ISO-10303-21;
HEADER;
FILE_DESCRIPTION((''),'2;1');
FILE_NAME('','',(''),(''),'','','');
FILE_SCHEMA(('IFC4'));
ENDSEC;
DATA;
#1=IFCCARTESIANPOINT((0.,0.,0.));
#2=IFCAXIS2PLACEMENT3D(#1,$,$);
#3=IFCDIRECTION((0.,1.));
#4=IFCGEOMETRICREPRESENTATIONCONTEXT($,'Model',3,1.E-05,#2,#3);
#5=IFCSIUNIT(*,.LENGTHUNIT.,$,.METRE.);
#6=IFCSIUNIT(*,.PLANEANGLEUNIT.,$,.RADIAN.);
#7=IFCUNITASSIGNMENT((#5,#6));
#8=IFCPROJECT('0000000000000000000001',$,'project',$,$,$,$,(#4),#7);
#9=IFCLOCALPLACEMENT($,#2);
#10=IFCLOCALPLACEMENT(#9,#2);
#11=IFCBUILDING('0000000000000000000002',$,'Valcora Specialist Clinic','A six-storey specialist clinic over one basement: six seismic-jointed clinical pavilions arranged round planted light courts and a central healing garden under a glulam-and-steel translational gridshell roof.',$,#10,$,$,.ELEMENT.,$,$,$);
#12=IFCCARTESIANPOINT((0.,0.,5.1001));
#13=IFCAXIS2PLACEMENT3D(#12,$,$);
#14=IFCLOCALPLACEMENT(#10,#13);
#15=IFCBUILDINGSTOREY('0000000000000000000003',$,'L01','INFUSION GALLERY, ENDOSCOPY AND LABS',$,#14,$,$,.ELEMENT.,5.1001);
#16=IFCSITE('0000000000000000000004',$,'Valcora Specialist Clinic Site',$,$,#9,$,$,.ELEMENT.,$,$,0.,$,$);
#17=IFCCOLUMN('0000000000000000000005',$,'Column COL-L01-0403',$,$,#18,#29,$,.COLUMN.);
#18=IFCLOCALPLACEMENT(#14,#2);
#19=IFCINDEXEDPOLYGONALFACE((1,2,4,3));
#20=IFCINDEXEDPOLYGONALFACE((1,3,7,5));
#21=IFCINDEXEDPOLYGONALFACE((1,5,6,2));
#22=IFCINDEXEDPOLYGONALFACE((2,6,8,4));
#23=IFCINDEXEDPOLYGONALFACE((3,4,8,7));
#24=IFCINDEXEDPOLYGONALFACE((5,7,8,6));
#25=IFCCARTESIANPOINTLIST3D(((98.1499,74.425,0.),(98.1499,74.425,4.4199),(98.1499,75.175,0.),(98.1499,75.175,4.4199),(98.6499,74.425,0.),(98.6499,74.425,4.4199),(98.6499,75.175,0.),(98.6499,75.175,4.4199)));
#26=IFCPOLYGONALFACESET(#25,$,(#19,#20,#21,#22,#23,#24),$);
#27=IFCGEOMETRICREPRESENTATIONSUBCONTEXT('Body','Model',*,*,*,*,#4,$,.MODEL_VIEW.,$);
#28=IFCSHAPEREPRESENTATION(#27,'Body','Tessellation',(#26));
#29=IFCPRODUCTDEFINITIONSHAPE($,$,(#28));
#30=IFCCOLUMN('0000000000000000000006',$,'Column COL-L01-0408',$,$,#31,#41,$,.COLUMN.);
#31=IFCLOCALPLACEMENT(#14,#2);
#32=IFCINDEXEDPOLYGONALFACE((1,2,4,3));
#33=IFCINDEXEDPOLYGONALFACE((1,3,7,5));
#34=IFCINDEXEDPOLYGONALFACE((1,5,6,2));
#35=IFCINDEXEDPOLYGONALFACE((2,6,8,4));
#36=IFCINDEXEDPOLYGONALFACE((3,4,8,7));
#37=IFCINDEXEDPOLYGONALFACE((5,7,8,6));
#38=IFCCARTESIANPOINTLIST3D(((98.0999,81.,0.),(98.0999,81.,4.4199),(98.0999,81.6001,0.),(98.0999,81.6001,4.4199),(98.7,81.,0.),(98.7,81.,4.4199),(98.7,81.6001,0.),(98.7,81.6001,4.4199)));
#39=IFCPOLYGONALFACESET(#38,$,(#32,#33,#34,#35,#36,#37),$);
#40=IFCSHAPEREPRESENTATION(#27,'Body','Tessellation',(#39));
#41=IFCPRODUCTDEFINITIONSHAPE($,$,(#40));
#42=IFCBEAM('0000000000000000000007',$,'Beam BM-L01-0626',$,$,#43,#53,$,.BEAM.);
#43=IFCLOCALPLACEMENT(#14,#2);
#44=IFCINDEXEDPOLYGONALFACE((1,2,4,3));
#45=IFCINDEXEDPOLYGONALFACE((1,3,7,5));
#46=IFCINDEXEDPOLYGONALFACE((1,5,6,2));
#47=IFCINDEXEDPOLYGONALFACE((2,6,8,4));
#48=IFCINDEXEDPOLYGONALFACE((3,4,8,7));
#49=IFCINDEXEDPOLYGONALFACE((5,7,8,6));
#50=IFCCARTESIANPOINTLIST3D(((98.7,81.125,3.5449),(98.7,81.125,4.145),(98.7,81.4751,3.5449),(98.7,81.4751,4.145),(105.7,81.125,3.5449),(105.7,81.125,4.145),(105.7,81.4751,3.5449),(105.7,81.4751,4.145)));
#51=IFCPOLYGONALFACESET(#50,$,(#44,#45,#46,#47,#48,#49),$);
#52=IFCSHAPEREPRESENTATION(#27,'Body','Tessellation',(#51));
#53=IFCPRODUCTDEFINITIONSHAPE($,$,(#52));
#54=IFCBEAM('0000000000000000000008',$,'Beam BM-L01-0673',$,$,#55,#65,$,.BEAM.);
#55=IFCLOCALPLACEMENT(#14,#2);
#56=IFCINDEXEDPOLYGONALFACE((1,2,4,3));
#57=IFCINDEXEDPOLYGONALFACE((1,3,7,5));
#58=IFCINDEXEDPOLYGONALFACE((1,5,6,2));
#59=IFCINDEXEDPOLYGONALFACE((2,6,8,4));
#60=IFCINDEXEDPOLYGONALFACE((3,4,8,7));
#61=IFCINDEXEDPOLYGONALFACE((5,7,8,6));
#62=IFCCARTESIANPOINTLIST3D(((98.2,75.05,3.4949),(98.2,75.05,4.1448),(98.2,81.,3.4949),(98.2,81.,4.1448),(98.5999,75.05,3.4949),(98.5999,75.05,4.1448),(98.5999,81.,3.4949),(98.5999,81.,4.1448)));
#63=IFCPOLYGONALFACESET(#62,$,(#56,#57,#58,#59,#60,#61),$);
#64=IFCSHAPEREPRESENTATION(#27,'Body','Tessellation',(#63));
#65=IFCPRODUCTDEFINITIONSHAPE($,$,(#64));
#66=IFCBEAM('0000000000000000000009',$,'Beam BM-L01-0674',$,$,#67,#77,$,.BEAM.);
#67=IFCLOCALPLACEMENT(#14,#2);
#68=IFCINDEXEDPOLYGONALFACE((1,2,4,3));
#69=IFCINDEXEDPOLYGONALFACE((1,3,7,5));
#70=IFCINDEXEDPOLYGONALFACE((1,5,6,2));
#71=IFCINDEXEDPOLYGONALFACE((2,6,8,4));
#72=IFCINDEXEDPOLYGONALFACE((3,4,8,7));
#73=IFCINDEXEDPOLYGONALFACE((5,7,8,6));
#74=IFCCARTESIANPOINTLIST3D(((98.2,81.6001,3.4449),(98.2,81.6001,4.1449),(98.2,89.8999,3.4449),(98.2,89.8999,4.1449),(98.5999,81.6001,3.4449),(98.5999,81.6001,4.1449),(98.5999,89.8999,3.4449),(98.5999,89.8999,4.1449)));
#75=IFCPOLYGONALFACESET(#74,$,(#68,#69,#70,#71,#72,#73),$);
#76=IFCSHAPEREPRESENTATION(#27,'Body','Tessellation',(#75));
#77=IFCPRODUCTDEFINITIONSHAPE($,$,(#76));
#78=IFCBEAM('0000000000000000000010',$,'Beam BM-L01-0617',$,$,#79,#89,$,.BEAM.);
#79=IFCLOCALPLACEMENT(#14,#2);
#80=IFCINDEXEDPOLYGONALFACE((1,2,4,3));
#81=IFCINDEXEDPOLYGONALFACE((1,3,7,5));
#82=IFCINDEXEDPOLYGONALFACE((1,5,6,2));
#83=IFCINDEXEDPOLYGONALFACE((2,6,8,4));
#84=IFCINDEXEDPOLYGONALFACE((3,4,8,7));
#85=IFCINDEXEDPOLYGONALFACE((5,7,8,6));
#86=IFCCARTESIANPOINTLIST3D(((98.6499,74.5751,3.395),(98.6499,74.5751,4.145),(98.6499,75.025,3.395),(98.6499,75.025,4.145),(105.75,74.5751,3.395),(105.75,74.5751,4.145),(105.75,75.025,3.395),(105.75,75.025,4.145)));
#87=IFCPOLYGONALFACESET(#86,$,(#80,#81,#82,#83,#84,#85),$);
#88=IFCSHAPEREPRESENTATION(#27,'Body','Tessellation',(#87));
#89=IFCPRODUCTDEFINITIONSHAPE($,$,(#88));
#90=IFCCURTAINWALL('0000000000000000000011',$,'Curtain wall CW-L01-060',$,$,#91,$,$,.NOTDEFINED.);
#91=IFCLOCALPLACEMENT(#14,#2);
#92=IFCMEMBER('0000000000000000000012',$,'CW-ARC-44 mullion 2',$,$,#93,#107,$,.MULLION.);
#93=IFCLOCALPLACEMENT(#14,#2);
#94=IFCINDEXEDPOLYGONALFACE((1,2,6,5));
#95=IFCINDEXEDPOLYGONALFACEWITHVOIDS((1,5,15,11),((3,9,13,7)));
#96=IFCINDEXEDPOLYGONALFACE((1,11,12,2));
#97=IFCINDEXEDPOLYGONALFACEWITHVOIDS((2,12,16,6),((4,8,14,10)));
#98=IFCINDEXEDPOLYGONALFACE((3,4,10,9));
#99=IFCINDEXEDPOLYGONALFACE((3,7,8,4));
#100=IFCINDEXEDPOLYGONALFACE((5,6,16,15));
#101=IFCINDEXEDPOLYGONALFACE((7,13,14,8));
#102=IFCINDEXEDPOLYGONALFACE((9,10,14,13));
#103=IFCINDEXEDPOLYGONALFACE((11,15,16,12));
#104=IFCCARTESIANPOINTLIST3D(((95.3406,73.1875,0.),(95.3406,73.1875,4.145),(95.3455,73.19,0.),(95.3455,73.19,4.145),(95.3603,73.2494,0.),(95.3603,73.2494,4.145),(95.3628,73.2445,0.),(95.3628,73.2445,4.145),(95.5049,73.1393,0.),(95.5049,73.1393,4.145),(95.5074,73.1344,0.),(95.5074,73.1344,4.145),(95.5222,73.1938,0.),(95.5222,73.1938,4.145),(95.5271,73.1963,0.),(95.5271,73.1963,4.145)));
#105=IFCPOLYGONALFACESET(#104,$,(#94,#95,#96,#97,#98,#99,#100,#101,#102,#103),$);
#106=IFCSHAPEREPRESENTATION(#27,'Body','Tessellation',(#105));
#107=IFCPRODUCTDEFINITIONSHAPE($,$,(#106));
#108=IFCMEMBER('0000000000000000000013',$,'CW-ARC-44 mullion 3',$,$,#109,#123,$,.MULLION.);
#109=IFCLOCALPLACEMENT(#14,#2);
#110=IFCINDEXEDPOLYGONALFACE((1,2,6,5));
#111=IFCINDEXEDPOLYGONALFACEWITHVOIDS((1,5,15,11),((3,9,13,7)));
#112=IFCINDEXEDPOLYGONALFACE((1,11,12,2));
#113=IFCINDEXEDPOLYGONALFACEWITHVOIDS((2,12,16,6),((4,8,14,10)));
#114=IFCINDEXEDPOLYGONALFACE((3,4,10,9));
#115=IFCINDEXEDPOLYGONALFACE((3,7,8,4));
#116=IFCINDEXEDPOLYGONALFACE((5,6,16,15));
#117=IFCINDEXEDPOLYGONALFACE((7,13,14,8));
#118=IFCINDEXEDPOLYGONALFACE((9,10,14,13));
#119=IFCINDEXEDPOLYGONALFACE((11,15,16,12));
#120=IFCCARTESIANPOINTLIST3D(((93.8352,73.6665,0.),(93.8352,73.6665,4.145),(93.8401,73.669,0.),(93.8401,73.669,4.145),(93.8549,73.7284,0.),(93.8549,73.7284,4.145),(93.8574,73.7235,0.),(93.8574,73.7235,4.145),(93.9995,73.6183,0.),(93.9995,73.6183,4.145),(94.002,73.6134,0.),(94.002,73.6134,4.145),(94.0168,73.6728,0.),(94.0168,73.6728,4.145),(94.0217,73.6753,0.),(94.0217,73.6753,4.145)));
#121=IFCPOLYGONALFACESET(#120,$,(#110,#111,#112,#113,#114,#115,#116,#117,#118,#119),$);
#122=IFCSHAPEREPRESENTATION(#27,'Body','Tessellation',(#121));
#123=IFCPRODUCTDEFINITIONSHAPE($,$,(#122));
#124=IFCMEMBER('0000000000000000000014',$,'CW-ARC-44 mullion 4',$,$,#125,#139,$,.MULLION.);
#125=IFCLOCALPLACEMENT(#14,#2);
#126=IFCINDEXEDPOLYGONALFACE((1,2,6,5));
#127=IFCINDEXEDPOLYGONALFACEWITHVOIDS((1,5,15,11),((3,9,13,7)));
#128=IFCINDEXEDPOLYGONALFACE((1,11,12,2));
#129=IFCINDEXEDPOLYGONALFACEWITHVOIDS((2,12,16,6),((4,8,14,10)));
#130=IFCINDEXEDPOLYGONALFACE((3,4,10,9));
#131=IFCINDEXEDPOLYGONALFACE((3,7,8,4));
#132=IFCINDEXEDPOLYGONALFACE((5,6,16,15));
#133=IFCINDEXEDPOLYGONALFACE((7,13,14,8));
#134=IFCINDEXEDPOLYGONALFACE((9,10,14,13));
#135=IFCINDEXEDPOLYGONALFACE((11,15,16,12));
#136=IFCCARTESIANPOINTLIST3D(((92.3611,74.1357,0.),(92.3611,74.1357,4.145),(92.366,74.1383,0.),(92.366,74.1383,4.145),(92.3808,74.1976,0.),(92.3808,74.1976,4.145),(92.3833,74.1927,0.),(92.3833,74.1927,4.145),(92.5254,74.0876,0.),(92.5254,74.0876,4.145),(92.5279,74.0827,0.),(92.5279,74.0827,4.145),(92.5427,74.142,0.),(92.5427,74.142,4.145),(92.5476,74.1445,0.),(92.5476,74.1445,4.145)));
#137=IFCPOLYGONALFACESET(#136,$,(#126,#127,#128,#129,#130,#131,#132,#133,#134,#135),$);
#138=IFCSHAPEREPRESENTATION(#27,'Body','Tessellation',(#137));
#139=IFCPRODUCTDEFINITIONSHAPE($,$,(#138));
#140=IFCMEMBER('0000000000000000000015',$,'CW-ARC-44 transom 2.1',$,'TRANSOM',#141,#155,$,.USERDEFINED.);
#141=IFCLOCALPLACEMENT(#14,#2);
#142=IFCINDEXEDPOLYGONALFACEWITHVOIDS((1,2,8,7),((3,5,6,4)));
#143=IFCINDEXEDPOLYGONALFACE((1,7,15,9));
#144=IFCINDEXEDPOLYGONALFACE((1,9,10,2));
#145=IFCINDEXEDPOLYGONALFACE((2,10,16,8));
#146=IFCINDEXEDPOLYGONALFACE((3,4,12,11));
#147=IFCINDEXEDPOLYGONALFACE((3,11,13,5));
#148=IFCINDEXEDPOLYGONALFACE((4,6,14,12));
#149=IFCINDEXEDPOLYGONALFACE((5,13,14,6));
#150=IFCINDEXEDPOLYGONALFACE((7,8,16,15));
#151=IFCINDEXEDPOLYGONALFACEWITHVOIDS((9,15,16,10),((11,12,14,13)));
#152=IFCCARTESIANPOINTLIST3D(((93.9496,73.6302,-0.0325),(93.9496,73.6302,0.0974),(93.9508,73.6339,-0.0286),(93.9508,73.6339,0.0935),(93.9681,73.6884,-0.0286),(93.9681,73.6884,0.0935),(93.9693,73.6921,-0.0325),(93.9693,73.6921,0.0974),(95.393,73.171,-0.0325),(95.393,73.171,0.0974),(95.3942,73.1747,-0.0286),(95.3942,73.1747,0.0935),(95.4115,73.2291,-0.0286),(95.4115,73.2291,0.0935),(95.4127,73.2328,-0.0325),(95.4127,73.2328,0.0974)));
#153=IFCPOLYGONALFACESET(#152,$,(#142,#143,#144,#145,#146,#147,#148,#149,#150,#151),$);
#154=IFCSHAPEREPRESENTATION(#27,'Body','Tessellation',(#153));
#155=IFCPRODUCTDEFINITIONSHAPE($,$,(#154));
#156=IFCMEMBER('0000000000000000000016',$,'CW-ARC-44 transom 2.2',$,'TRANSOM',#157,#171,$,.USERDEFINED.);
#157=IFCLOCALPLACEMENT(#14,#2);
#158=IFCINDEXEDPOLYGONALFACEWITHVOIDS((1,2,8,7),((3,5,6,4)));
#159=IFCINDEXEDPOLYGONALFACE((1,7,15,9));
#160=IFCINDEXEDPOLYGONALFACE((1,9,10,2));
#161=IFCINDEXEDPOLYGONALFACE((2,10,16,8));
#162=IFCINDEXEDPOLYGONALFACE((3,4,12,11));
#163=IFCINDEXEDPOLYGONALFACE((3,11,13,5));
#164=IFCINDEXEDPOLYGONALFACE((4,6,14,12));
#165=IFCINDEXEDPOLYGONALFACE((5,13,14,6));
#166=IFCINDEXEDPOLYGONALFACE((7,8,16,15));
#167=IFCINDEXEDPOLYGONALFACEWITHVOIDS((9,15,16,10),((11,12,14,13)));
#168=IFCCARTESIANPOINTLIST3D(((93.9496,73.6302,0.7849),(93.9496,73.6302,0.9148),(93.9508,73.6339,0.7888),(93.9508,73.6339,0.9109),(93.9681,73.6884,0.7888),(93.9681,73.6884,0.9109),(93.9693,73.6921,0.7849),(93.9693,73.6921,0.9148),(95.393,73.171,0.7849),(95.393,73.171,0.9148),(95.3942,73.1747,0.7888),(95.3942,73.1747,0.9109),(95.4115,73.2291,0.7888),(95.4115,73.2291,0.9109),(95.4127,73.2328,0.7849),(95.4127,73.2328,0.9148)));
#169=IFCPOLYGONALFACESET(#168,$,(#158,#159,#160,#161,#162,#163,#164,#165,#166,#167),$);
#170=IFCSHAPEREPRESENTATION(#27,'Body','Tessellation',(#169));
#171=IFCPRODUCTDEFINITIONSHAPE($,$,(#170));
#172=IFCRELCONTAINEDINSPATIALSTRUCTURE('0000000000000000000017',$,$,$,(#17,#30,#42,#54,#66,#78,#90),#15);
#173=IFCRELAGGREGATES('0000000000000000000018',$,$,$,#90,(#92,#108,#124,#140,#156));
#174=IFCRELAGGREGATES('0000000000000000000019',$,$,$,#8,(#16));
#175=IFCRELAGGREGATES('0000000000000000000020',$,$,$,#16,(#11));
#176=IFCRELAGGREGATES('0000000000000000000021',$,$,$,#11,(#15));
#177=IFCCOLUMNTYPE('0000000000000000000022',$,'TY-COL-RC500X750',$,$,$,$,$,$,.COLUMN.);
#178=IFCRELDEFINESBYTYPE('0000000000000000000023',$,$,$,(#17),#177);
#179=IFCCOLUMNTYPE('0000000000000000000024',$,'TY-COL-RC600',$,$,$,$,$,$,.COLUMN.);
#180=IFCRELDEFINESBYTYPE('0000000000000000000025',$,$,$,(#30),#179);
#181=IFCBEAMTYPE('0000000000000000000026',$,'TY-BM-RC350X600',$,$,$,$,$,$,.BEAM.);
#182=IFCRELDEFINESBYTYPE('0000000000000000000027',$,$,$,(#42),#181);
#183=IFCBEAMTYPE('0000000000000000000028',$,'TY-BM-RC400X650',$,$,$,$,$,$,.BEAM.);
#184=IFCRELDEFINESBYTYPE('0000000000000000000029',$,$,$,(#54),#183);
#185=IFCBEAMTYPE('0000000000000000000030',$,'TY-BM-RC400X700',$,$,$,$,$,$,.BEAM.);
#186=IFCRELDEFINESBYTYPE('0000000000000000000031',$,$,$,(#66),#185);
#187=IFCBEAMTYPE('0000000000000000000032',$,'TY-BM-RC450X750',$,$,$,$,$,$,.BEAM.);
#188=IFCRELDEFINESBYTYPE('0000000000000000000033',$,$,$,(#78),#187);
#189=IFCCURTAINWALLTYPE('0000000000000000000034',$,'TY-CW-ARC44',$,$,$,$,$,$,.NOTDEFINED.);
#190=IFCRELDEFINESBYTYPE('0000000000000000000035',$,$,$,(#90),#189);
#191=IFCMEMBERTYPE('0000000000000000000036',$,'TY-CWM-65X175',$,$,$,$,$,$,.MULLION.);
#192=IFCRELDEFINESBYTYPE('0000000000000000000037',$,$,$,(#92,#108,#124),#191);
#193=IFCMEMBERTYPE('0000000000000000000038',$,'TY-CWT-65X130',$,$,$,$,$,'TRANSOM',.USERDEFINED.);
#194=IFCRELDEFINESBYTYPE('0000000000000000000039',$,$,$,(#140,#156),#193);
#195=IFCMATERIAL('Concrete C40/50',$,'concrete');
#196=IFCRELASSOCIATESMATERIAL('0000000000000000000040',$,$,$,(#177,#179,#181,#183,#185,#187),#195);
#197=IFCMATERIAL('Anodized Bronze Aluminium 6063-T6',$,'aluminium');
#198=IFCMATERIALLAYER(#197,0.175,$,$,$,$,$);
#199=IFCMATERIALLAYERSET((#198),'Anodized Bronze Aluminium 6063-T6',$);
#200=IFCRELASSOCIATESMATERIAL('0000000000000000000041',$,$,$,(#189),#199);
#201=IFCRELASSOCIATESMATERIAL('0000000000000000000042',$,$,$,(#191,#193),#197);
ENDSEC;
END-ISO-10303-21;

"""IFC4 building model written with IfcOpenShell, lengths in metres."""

from ifc_helpers import new_model, si_unit, direction, frame, origin, origin_2d, place, context, subcontext, project, spatial, rectangle, hollow_rectangle, extrude, material, layer, layer_set, material_profile, profile_set, type_object, element, aggregate, save


model = new_model("IFC4")

# Units and contexts
model_context = context("Model", 3, precision=1e-05, world=origin(), true_north=direction((0.0, 1.0)))
body_context = subcontext(model_context, "Body", "Model", "MODEL_VIEW")
ifc_project = project(units=[si_unit("LENGTHUNIT", "METRE"), si_unit("PLANEANGLEUNIT", "RADIAN")], contexts=[model_context])

# Site, building, storey
site_placement = place(None, origin())
site = spatial("IfcSite", under=ifc_project, at=site_placement, Name="Valcora Specialist Clinic Site", CompositionType="ELEMENT", RefElevation=0.0)
building_placement = place(site_placement, origin())
building = spatial("IfcBuilding", under=site, at=building_placement, Name="Valcora Specialist Clinic", Description="A six-storey specialist clinic over one basement: six seismic-jointed clinical pavilions arranged round planted light courts and a central healing garden under a glulam-and-steel translational gridshell roof.", CompositionType="ELEMENT")
storey_placement = place(building_placement, frame((0.0, 0.0, 5.1001)))
storey = spatial("IfcBuildingStorey", under=building, at=storey_placement, Name="L01", Description="INFUSION GALLERY, ENDOSCOPY AND LABS", CompositionType="ELEMENT", Elevation=5.1001)

# Columns
ifc_material_1 = material(Name="Concrete C40/50", Category="concrete")
ifc_material_profile_1 = material_profile(ifc_material_1, rectangle(XDim=0.5, YDim=0.75, at=origin_2d()), Name="RC-COL-500X750")
ifc_profile_set_1 = profile_set([ifc_material_profile_1], Name="Concrete C40/50")
column_type_1 = type_object("IfcColumnType", Name="TY-COL-RC500X750", PredefinedType="COLUMN", material=ifc_profile_set_1)
column_1_placement = place(storey_placement, frame((98.3999, 74.8, 0.0), z_axis=(0.0, 0.0, 1.0), x_axis=(1.0, 0.0, 0.0)))
element("IfcColumn", 1, at=column_1_placement, inside=storey, type_object=column_type_1, Name="Column COL-L01-0403", PredefinedType="COLUMN", context=body_context, shape_type="SweptSolid", body=[
    extrude(rectangle(XDim=0.5, YDim=0.75, at=origin_2d()), origin(), (0.0, 0.0, 1.0), 4.4199),
])
ifc_material_profile_2 = material_profile(ifc_material_1, rectangle(XDim=0.6001, YDim=0.6001, at=origin_2d()), Name="RC-COL-600X600")
ifc_profile_set_2 = profile_set([ifc_material_profile_2], Name="Concrete C40/50")
column_type_2 = type_object("IfcColumnType", Name="TY-COL-RC600", PredefinedType="COLUMN", material=ifc_profile_set_2)
column_2_placement = place(storey_placement, frame((98.3999, 81.3, 0.0), z_axis=(0.0, 0.0, 1.0), x_axis=(1.0, 0.0, 0.0)))
element("IfcColumn", 2, at=column_2_placement, inside=storey, type_object=column_type_2, Name="Column COL-L01-0408", PredefinedType="COLUMN", context=body_context, shape_type="SweptSolid", body=[
    extrude(rectangle(XDim=0.6001, YDim=0.6001, at=origin_2d()), origin(), (0.0, 0.0, 1.0), 4.4199),
])

# Beams
ifc_material_profile_3 = material_profile(ifc_material_1, rectangle(XDim=0.3501, YDim=0.6001, at=origin_2d()), Name="RC-BM-350X600")
ifc_profile_set_3 = profile_set([ifc_material_profile_3], Name="Concrete C40/50")
beam_type_1 = type_object("IfcBeamType", Name="TY-BM-RC350X600", PredefinedType="BEAM", material=ifc_profile_set_3)
beam_1_placement = place(storey_placement, frame((98.7, 81.3, 3.845), z_axis=(1.0, 0.0, 0.0), x_axis=(0.0, 1.0, 0.0)))
element("IfcBeam", 3, at=beam_1_placement, inside=storey, type_object=beam_type_1, Name="Beam BM-L01-0626", PredefinedType="BEAM", context=body_context, shape_type="SweptSolid", body=[
    extrude(rectangle(XDim=0.3501, YDim=0.6001, at=origin_2d()), origin(), (0.0, 0.0, 1.0), 7.0),
])
ifc_material_profile_4 = material_profile(ifc_material_1, rectangle(XDim=0.3999, YDim=0.6499, at=origin_2d()), Name="RC-BM-400X650")
ifc_profile_set_4 = profile_set([ifc_material_profile_4], Name="Concrete C40/50")
beam_type_2 = type_object("IfcBeamType", Name="TY-BM-RC400X650", PredefinedType="BEAM", material=ifc_profile_set_4)
beam_2_placement = place(storey_placement, frame((98.3999, 75.05, 3.8198), z_axis=(0.0, 1.0, 0.0), x_axis=(-1.0, 0.0, 0.0)))
element("IfcBeam", 4, at=beam_2_placement, inside=storey, type_object=beam_type_2, Name="Beam BM-L01-0673", PredefinedType="BEAM", context=body_context, shape_type="SweptSolid", body=[
    extrude(rectangle(XDim=0.3999, YDim=0.6499, at=origin_2d()), origin(), (0.0, 0.0, 1.0), 5.95),
])
ifc_material_profile_5 = material_profile(ifc_material_1, rectangle(XDim=0.3999, YDim=0.7, at=origin_2d()), Name="RC-BM-400X700")
ifc_profile_set_5 = profile_set([ifc_material_profile_5], Name="Concrete C40/50")
beam_type_3 = type_object("IfcBeamType", Name="TY-BM-RC400X700", PredefinedType="BEAM", material=ifc_profile_set_5)
beam_3_placement = place(storey_placement, frame((98.3999, 81.6001, 3.7949), z_axis=(0.0, 1.0, 0.0), x_axis=(-1.0, 0.0, 0.0)))
element("IfcBeam", 5, at=beam_3_placement, inside=storey, type_object=beam_type_3, Name="Beam BM-L01-0674", PredefinedType="BEAM", context=body_context, shape_type="SweptSolid", body=[
    extrude(rectangle(XDim=0.3999, YDim=0.7, at=origin_2d()), origin(), (0.0, 0.0, 1.0), 8.2998),
])
ifc_material_profile_6 = material_profile(ifc_material_1, rectangle(XDim=0.45, YDim=0.75, at=origin_2d()), Name="RC-BM-450X750")
ifc_profile_set_6 = profile_set([ifc_material_profile_6], Name="Concrete C40/50")
beam_type_4 = type_object("IfcBeamType", Name="TY-BM-RC450X750", PredefinedType="BEAM", material=ifc_profile_set_6)
beam_4_placement = place(storey_placement, frame((98.6499, 74.8, 3.77), z_axis=(1.0, 0.0, 0.0), x_axis=(0.0, 1.0, 0.0)))
element("IfcBeam", 6, at=beam_4_placement, inside=storey, type_object=beam_type_4, Name="Beam BM-L01-0617", PredefinedType="BEAM", context=body_context, shape_type="SweptSolid", body=[
    extrude(rectangle(XDim=0.45, YDim=0.75, at=origin_2d()), origin(), (0.0, 0.0, 1.0), 7.1001),
])

# Curtain wall, members
ifc_material_2 = material(Name="Anodized Bronze Aluminium 6063-T6", Category="aluminium")
ifc_layer_1 = layer(ifc_material_2, 0.175)
ifc_layer_set_1 = layer_set([ifc_layer_1], Name="Anodized Bronze Aluminium 6063-T6")
curtain_wall_type = type_object("IfcCurtainWallType", Name="TY-CW-ARC44", PredefinedType="NOTDEFINED", material=ifc_layer_set_1)
curtain_wall_placement = place(storey_placement, origin())
curtain_wall = element("IfcCurtainWall", 7, at=curtain_wall_placement, inside=storey, type_object=curtain_wall_type, Name="Curtain wall CW-L01-060", PredefinedType="NOTDEFINED")
ifc_material_profile_7 = material_profile(ifc_material_2, hollow_rectangle(XDim=0.0649, YDim=0.175, WallThickness=0.0039, at=origin_2d()), Name="AL-MUL-65X175")
ifc_profile_set_7 = profile_set([ifc_material_profile_7], Name="Anodized Bronze Aluminium 6063-T6")
member_type_1 = type_object("IfcMemberType", Name="TY-CWM-65X175", PredefinedType="MULLION", material=ifc_profile_set_7)
member_1_placement = place(storey_placement, frame((95.4338, 73.1919, 0.0), z_axis=(0.0, 0.0, 1.0), x_axis=(-0.303233, -0.952916, 0.0)))
member_1 = element("IfcMember", 8, at=member_1_placement, type_object=member_type_1, Name="CW-ARC-44 mullion 2", PredefinedType="MULLION", context=body_context, shape_type="SweptSolid", body=[
    extrude(hollow_rectangle(XDim=0.0649, YDim=0.175, WallThickness=0.0039, at=origin_2d()), origin(), (0.0, 0.0, 1.0), 4.145),
])
member_2_placement = place(storey_placement, frame((93.9285, 73.6709, 0.0), z_axis=(0.0, 0.0, 1.0), x_axis=(-0.303233, -0.952916, 0.0)))
member_2 = element("IfcMember", 9, at=member_2_placement, type_object=member_type_1, Name="CW-ARC-44 mullion 3", PredefinedType="MULLION", context=body_context, shape_type="SweptSolid", body=[
    extrude(hollow_rectangle(XDim=0.0649, YDim=0.175, WallThickness=0.0039, at=origin_2d()), origin(), (0.0, 0.0, 1.0), 4.145),
])
member_3_placement = place(storey_placement, frame((92.4543, 74.1401, 0.0), z_axis=(0.0, 0.0, 1.0), x_axis=(-0.303233, -0.952916, 0.0)))
member_3 = element("IfcMember", 10, at=member_3_placement, type_object=member_type_1, Name="CW-ARC-44 mullion 4", PredefinedType="MULLION", context=body_context, shape_type="SweptSolid", body=[
    extrude(hollow_rectangle(XDim=0.0649, YDim=0.175, WallThickness=0.0039, at=origin_2d()), origin(), (0.0, 0.0, 1.0), 4.145),
])
ifc_material_profile_8 = material_profile(ifc_material_2, hollow_rectangle(XDim=0.0649, YDim=0.1299, WallThickness=0.0039, at=origin_2d()), Name="AL-TRN-65X130")
ifc_profile_set_8 = profile_set([ifc_material_profile_8], Name="Anodized Bronze Aluminium 6063-T6")
member_type_2 = type_object("IfcMemberType", Name="TY-CWT-65X130", ElementType="TRANSOM", PredefinedType="USERDEFINED", material=ifc_profile_set_8)
member_4_placement = place(storey_placement, frame((95.4028, 73.2019, 0.0325), z_axis=(-0.95293, 0.30319, 0.0), x_axis=(-0.30319, -0.95293, 0.0)))
member_4 = element("IfcMember", 11, at=member_4_placement, type_object=member_type_2, Name="CW-ARC-44 transom 2.1", ObjectType="TRANSOM", PredefinedType="USERDEFINED", context=body_context, shape_type="SweptSolid", body=[
    extrude(hollow_rectangle(XDim=0.0649, YDim=0.1299, WallThickness=0.0039, at=origin_2d()), origin(), (0.0, 0.0, 1.0), 1.5146),
])
member_5_placement = place(storey_placement, frame((95.4028, 73.2019, 0.8499), z_axis=(-0.95293, 0.30319, 0.0), x_axis=(-0.30319, -0.95293, 0.0)))
member_5 = element("IfcMember", 12, at=member_5_placement, type_object=member_type_2, Name="CW-ARC-44 transom 2.2", ObjectType="TRANSOM", PredefinedType="USERDEFINED", context=body_context, shape_type="SweptSolid", body=[
    extrude(hollow_rectangle(XDim=0.0649, YDim=0.1299, WallThickness=0.0039, at=origin_2d()), origin(), (0.0, 0.0, 1.0), 1.5146),
])
aggregate(curtain_wall, [member_1, member_2, member_3, member_4, member_5])

save(model, "model.ifc")
